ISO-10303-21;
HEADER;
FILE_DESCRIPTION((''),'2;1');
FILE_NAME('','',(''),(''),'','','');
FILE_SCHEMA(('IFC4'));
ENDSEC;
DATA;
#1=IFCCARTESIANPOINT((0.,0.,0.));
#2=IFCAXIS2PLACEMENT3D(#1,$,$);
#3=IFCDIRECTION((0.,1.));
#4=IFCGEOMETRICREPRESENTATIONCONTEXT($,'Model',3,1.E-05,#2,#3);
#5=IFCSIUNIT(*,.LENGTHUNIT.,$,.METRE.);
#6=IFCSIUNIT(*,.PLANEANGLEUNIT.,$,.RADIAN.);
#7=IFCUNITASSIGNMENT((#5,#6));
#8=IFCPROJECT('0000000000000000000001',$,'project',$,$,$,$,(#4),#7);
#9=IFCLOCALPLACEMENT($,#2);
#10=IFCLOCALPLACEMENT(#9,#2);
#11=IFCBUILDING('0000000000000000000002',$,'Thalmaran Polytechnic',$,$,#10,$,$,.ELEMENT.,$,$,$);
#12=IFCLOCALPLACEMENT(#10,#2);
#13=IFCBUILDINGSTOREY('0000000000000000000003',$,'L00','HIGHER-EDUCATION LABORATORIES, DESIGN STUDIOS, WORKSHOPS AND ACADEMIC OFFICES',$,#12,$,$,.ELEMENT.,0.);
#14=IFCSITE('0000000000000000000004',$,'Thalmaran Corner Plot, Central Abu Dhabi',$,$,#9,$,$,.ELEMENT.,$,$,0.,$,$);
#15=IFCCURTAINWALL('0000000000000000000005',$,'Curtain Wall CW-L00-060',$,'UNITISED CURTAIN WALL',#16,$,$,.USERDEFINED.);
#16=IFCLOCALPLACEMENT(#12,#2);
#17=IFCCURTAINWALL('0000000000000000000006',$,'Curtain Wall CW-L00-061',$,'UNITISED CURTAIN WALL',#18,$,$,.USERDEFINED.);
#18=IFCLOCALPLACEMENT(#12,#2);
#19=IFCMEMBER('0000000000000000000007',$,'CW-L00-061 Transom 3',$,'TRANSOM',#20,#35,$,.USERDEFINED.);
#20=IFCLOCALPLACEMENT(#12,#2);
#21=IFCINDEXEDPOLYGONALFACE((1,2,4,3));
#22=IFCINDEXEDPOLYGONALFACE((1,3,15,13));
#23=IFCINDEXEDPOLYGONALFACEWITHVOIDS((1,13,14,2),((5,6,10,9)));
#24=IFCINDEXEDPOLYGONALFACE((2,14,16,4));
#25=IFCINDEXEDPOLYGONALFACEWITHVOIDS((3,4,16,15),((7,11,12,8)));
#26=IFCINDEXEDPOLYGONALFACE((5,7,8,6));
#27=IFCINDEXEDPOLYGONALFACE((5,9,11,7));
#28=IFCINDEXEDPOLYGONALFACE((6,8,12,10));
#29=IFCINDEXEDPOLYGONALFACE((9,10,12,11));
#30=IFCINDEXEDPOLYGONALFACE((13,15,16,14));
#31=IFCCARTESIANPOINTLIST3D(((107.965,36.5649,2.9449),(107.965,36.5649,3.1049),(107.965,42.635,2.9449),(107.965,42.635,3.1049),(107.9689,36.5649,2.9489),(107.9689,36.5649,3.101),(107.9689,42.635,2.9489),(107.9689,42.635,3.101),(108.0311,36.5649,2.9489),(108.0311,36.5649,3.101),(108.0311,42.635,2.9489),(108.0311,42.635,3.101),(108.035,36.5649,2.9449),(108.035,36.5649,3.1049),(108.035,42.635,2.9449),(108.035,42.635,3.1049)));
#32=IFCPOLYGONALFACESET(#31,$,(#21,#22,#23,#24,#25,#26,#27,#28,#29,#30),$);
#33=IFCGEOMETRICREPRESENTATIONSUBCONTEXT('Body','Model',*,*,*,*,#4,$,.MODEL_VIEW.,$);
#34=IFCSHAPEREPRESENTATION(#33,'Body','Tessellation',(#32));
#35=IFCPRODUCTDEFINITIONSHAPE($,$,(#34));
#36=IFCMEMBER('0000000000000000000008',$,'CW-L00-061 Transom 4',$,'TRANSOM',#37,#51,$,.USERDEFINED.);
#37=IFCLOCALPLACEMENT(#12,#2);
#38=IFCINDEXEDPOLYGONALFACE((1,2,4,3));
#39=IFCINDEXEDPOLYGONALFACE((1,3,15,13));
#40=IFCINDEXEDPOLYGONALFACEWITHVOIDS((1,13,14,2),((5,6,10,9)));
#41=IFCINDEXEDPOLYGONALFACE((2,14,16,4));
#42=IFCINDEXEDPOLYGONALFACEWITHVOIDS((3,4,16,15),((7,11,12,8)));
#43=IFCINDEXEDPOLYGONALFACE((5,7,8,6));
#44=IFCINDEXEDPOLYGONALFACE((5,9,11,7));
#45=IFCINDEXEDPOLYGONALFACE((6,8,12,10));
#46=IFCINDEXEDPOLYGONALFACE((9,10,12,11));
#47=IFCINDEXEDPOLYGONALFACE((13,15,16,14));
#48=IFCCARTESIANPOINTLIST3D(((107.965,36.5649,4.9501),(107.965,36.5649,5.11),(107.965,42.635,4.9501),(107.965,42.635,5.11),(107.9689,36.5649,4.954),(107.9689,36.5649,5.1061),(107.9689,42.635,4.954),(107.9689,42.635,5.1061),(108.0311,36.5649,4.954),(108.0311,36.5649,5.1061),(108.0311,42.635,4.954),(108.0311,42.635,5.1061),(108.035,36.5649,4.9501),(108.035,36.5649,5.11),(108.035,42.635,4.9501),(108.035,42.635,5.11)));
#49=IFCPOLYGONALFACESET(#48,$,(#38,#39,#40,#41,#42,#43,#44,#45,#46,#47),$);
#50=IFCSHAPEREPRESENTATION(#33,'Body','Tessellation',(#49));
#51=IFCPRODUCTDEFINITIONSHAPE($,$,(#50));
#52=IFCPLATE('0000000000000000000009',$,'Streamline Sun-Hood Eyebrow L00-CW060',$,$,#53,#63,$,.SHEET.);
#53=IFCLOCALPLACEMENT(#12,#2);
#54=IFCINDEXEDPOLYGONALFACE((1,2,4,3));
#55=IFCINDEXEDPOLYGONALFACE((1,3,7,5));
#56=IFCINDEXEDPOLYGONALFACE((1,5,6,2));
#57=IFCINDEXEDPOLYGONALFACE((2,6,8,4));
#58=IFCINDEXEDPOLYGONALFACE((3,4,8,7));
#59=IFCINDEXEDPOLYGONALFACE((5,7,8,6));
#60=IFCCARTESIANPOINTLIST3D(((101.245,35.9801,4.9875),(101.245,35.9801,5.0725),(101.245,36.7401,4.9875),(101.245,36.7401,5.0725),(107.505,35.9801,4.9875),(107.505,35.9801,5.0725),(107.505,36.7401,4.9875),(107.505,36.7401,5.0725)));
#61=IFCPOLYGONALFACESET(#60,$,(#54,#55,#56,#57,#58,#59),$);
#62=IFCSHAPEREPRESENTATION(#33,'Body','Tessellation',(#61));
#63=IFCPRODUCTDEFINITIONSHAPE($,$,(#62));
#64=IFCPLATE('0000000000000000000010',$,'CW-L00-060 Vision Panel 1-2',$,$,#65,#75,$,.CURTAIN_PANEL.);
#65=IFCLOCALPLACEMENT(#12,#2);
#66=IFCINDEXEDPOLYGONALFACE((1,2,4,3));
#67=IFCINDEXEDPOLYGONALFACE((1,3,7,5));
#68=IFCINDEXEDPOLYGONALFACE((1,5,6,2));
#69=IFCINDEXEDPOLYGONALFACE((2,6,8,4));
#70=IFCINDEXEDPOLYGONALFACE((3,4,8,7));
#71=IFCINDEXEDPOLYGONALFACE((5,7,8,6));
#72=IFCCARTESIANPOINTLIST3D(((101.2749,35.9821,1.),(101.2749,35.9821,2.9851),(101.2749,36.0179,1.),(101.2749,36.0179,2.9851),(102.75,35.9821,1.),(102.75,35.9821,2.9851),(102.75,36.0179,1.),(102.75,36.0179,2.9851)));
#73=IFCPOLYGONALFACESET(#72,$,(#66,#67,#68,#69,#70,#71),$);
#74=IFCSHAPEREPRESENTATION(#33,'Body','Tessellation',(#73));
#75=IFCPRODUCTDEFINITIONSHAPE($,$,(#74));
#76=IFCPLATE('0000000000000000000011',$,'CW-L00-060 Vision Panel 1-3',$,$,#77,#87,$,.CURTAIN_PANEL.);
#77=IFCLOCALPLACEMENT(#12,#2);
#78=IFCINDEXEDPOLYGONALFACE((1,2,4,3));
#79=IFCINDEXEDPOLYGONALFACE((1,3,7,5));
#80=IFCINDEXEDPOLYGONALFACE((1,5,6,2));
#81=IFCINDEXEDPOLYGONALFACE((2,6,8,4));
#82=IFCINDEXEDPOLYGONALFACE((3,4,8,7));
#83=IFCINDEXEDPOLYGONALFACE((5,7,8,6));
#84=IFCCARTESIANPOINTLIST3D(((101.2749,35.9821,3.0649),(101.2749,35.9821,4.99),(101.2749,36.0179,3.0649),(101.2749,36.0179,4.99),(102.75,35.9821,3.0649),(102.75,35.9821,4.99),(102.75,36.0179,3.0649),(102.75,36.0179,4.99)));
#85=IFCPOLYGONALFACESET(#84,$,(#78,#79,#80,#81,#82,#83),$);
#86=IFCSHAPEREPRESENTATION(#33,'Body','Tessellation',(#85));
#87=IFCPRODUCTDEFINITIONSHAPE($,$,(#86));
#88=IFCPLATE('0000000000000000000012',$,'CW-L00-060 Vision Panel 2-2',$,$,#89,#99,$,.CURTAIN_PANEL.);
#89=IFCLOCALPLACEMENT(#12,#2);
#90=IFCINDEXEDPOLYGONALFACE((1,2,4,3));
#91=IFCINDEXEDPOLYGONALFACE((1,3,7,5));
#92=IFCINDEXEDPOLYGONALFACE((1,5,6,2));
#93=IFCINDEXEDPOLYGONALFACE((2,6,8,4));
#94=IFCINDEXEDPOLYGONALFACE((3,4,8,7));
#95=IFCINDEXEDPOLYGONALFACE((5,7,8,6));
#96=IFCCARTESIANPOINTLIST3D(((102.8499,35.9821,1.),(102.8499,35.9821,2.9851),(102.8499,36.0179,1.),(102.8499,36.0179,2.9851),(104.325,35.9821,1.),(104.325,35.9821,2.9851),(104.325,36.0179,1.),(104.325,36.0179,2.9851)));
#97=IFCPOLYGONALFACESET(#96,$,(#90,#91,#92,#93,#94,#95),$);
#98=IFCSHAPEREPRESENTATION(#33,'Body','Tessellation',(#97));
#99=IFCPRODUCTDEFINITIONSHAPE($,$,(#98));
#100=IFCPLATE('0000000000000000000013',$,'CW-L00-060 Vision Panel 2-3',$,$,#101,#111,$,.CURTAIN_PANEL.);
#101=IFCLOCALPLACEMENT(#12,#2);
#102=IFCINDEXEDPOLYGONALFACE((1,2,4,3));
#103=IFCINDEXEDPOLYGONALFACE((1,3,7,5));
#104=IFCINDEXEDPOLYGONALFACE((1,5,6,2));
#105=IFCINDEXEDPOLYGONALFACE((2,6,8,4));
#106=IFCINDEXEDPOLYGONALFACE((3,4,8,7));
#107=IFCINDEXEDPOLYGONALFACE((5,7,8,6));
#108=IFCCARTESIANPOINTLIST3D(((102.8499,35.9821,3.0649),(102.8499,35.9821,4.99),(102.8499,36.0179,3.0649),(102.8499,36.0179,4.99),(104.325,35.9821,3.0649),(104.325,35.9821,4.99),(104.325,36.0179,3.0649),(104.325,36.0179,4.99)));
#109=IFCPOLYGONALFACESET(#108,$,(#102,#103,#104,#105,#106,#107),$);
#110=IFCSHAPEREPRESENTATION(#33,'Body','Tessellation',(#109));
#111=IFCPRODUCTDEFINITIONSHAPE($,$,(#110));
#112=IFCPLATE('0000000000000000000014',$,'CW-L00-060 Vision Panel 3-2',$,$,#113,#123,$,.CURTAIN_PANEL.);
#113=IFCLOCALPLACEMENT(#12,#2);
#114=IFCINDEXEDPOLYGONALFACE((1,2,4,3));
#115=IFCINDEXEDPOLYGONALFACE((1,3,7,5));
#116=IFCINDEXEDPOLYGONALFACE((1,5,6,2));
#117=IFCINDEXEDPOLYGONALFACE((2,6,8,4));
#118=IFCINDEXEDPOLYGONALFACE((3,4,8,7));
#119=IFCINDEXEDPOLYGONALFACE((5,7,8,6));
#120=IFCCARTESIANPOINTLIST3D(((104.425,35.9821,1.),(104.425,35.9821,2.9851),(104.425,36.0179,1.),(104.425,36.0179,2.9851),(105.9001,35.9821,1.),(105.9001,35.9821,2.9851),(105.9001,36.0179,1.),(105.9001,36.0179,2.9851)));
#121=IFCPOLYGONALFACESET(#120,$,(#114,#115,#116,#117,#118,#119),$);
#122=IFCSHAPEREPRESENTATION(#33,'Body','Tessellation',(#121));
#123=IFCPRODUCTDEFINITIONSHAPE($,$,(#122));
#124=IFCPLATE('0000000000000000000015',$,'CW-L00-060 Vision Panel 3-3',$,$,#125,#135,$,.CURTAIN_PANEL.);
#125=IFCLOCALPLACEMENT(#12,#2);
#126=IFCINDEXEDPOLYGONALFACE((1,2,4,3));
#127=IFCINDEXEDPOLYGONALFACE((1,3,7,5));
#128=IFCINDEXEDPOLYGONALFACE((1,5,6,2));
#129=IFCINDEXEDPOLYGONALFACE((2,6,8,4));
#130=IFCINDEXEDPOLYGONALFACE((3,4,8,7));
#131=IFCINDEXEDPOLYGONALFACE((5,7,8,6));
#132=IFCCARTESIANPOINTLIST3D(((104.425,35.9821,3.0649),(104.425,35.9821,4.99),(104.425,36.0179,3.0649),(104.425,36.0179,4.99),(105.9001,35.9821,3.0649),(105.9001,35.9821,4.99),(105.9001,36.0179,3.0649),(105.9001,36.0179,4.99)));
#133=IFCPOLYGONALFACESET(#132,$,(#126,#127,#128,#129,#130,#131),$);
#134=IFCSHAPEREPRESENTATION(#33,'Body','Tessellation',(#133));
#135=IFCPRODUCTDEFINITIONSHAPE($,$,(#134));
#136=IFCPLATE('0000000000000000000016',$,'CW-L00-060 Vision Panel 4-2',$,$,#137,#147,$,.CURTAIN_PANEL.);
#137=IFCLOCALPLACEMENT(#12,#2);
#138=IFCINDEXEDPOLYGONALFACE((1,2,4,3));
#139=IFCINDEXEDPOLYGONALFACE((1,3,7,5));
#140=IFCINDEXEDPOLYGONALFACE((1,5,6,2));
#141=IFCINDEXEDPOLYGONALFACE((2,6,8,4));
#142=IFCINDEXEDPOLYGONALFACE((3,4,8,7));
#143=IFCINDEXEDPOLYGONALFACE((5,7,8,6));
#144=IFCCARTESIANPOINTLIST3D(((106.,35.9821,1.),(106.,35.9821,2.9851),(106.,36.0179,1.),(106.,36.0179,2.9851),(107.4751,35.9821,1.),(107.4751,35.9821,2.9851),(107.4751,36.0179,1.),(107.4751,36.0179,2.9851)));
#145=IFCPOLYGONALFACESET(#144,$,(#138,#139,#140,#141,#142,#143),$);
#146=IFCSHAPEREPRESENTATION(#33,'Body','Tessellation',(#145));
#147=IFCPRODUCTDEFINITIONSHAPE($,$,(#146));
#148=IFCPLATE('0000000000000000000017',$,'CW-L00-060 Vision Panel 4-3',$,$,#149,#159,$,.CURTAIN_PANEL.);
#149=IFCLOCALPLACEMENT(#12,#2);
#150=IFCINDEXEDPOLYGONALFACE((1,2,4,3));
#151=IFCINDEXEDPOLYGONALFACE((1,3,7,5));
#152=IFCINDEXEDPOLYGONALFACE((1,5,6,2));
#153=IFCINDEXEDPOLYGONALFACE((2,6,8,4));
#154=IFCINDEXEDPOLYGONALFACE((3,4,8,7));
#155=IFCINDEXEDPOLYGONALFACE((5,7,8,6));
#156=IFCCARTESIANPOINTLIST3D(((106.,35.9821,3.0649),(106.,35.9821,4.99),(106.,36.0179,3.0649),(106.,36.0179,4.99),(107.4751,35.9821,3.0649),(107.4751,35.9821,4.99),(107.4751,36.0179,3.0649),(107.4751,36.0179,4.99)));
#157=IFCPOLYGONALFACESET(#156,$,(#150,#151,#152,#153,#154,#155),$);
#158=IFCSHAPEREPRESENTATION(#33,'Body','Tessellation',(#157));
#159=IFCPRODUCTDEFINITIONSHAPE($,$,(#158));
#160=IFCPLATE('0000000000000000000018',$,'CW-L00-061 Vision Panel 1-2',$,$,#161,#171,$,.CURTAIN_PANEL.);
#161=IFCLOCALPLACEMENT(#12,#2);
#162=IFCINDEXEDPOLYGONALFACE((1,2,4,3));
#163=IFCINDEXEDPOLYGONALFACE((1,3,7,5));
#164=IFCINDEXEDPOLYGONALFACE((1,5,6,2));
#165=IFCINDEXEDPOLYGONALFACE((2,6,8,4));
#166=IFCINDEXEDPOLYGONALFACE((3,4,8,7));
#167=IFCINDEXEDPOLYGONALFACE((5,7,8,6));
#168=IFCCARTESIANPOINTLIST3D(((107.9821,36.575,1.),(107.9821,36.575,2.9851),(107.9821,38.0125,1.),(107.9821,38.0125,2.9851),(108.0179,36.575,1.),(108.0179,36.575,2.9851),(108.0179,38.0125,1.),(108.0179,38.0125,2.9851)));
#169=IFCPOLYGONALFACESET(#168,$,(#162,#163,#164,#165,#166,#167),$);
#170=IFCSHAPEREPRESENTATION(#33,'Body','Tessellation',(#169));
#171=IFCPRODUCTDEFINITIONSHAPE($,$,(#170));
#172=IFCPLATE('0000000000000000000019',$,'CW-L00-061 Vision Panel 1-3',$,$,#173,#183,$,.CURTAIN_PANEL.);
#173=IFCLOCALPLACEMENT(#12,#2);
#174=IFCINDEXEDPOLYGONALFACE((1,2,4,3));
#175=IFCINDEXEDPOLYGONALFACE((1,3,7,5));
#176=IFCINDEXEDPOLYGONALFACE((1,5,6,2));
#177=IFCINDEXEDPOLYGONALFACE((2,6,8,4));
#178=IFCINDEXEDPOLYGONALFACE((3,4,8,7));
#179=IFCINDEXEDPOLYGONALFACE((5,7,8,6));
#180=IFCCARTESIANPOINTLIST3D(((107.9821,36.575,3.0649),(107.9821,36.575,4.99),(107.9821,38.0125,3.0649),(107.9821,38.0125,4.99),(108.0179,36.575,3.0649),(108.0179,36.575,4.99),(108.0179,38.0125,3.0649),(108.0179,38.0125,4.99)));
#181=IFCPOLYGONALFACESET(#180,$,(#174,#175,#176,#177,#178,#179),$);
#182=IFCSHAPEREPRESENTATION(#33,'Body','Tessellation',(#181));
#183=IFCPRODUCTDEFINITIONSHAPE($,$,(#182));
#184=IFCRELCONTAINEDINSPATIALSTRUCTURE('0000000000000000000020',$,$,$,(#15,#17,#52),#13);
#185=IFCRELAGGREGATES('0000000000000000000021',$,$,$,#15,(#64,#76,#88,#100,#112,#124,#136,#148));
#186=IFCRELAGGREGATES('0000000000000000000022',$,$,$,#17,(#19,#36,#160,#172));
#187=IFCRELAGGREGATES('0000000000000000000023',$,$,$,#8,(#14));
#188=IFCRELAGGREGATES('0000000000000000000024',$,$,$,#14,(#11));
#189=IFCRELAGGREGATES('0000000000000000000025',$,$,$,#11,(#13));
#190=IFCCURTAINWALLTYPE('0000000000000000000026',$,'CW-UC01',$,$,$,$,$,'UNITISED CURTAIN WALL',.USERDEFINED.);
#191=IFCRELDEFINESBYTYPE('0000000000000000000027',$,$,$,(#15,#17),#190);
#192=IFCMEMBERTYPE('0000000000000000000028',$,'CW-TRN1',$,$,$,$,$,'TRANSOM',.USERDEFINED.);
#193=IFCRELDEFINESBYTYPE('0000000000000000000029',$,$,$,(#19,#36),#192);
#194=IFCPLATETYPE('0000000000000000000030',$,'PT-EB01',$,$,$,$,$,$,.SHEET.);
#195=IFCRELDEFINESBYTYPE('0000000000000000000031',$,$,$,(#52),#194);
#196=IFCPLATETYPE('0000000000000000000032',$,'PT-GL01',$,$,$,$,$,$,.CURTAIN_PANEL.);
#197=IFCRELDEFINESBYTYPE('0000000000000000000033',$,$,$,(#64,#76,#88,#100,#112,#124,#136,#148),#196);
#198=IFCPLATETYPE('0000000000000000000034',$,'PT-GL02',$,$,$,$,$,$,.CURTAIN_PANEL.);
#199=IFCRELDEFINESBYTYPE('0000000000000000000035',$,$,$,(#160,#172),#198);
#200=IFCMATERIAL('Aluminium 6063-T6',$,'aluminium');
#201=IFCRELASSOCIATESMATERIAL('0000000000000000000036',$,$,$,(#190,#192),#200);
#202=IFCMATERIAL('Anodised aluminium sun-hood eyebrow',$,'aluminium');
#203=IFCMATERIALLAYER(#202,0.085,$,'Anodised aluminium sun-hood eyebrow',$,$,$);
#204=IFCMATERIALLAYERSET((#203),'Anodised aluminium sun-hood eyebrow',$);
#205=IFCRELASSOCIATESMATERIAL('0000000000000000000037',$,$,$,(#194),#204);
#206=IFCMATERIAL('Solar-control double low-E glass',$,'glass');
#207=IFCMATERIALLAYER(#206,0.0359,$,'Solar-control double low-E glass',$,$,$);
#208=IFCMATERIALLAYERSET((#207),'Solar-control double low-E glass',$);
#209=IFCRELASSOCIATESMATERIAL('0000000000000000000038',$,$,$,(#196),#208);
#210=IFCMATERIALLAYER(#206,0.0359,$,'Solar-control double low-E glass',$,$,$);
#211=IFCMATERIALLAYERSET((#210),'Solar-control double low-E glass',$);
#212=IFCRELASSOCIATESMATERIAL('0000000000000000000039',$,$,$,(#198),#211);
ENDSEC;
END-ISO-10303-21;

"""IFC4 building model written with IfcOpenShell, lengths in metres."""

from ifc_helpers import new_model, si_unit, direction, frame, origin, origin_2d, place, context, subcontext, project, spatial, rectangle, hollow_rectangle, extrude, material, layer, layer_set, material_profile, profile_set, type_object, element, aggregate, save


model = new_model("IFC4")

# Units and contexts
model_context = context("Model", 3, precision=1e-05, world=origin(), true_north=direction((0.0, 1.0)))
body_context = subcontext(model_context, "Body", "Model", "MODEL_VIEW")
ifc_project = project(units=[si_unit("LENGTHUNIT", "METRE"), si_unit("PLANEANGLEUNIT", "RADIAN")], contexts=[model_context])

# Site, building, storey
site_placement = place(None, origin())
site = spatial("IfcSite", under=ifc_project, at=site_placement, Name="Thalmaran Corner Plot, Central Abu Dhabi", CompositionType="ELEMENT", RefElevation=0.0)
building_placement = place(site_placement, origin())
building = spatial("IfcBuilding", under=site, at=building_placement, Name="Thalmaran Polytechnic", CompositionType="ELEMENT")
storey_placement = place(building_placement, origin())
storey = spatial("IfcBuildingStorey", under=building, at=storey_placement, Name="L00", Description="HIGHER-EDUCATION LABORATORIES, DESIGN STUDIOS, WORKSHOPS AND ACADEMIC OFFICES", CompositionType="ELEMENT", Elevation=0.0)

# Curtain wall
ifc_material_1 = material(Name="Aluminium 6063-T6", Category="aluminium")
curtain_wall_type = type_object("IfcCurtainWallType", Name="CW-UC01", ElementType="UNITISED CURTAIN WALL", PredefinedType="USERDEFINED", material=ifc_material_1)
curtain_wall_1_placement = place(storey_placement, origin())
curtain_wall_1 = element("IfcCurtainWall", 1, at=curtain_wall_1_placement, inside=storey, type_object=curtain_wall_type, Name="Curtain Wall CW-L00-060", ObjectType="UNITISED CURTAIN WALL", PredefinedType="USERDEFINED")

# Curtain wall
curtain_wall_2_placement = place(storey_placement, origin())
curtain_wall_2 = element("IfcCurtainWall", 2, at=curtain_wall_2_placement, inside=storey, type_object=curtain_wall_type, Name="Curtain Wall CW-L00-061", ObjectType="UNITISED CURTAIN WALL", PredefinedType="USERDEFINED")

# Members
ifc_material_profile_1 = material_profile(ifc_material_1, hollow_rectangle(XDim=0.0701, YDim=0.1599, WallThickness=0.0039, at=origin_2d()), Name="AL 160x70x4.0")
ifc_profile_set_1 = profile_set([ifc_material_profile_1], Name="Aluminium 6063-T6")
member_type_1 = type_object("IfcMemberType", Name="CW-TRN1", ElementType="TRANSOM", PredefinedType="USERDEFINED", material=ifc_profile_set_1)
member_1_placement = place(storey_placement, frame((108.0, 36.5649, 3.0249), z_axis=(0.0, 1.0, 0.0), x_axis=(-1.0, 0.0, 0.0)))
member_1 = element("IfcMember", 3, at=member_1_placement, type_object=member_type_1, Name="CW-L00-061 Transom 3", ObjectType="TRANSOM", PredefinedType="USERDEFINED", context=body_context, shape_type="SweptSolid", body=[
    extrude(hollow_rectangle(XDim=0.0701, YDim=0.1599, WallThickness=0.0039, at=origin_2d()), origin(), (0.0, 0.0, 1.0), 6.0701),
])
member_2_placement = place(storey_placement, frame((108.0, 36.5649, 5.03), z_axis=(0.0, 1.0, 0.0), x_axis=(-1.0, 0.0, 0.0)))
member_2 = element("IfcMember", 4, at=member_2_placement, type_object=member_type_1, Name="CW-L00-061 Transom 4", ObjectType="TRANSOM", PredefinedType="USERDEFINED", context=body_context, shape_type="SweptSolid", body=[
    extrude(hollow_rectangle(XDim=0.0701, YDim=0.1599, WallThickness=0.0039, at=origin_2d()), origin(), (0.0, 0.0, 1.0), 6.0701),
])

# Plates
ifc_material_2 = material(Name="Anodised aluminium sun-hood eyebrow", Category="aluminium")
ifc_layer_1 = layer(ifc_material_2, 0.085, Name="Anodised aluminium sun-hood eyebrow")
ifc_layer_set_1 = layer_set([ifc_layer_1], Name="Anodised aluminium sun-hood eyebrow")
plate_type_1 = type_object("IfcPlateType", Name="PT-EB01", PredefinedType="SHEET", material=ifc_layer_set_1)
plate_1_placement = place(storey_placement, frame((104.375, 36.3601, 4.9875), z_axis=(0.0, 0.0, 1.0), x_axis=(1.0, 0.0, 0.0)))
element("IfcPlate", 5, at=plate_1_placement, inside=storey, type_object=plate_type_1, Name="Streamline Sun-Hood Eyebrow L00-CW060", PredefinedType="SHEET", context=body_context, shape_type="SweptSolid", body=[
    extrude(rectangle(XDim=6.26, YDim=0.76, at=origin_2d()), origin(), (0.0, 0.0, 1.0), 0.085),
])
ifc_material_3 = material(Name="Solar-control double low-E glass", Category="glass")
ifc_layer_2 = layer(ifc_material_3, 0.0359, Name="Solar-control double low-E glass")
ifc_layer_set_2 = layer_set([ifc_layer_2], Name="Solar-control double low-E glass")
plate_type_2 = type_object("IfcPlateType", Name="PT-GL01", PredefinedType="CURTAIN_PANEL", material=ifc_layer_set_2)
plate_2_placement = place(storey_placement, frame((102.0125, 36.0, 1.0), z_axis=(0.0, 0.0, 1.0), x_axis=(1.0, 0.0, 0.0)))
plate_2 = element("IfcPlate", 6, at=plate_2_placement, type_object=plate_type_2, Name="CW-L00-060 Vision Panel 1-2", PredefinedType="CURTAIN_PANEL", context=body_context, shape_type="SweptSolid", body=[
    extrude(rectangle(XDim=1.4751, YDim=0.0359, at=origin_2d()), origin(), (0.0, 0.0, 1.0), 1.9851),
])
plate_3_placement = place(storey_placement, frame((102.0125, 36.0, 3.0649), z_axis=(0.0, 0.0, 1.0), x_axis=(1.0, 0.0, 0.0)))
plate_3 = element("IfcPlate", 7, at=plate_3_placement, type_object=plate_type_2, Name="CW-L00-060 Vision Panel 1-3", PredefinedType="CURTAIN_PANEL", context=body_context, shape_type="SweptSolid", body=[
    extrude(rectangle(XDim=1.4751, YDim=0.0359, at=origin_2d()), origin(), (0.0, 0.0, 1.0), 1.925),
])
plate_4_placement = place(storey_placement, frame((103.5874, 36.0, 1.0), z_axis=(0.0, 0.0, 1.0), x_axis=(1.0, 0.0, 0.0)))
plate_4 = element("IfcPlate", 8, at=plate_4_placement, type_object=plate_type_2, Name="CW-L00-060 Vision Panel 2-2", PredefinedType="CURTAIN_PANEL", context=body_context, shape_type="SweptSolid", body=[
    extrude(rectangle(XDim=1.4751, YDim=0.0359, at=origin_2d()), origin(), (0.0, 0.0, 1.0), 1.9851),
])
plate_5_placement = place(storey_placement, frame((103.5874, 36.0, 3.0649), z_axis=(0.0, 0.0, 1.0), x_axis=(1.0, 0.0, 0.0)))
plate_5 = element("IfcPlate", 9, at=plate_5_placement, type_object=plate_type_2, Name="CW-L00-060 Vision Panel 2-3", PredefinedType="CURTAIN_PANEL", context=body_context, shape_type="SweptSolid", body=[
    extrude(rectangle(XDim=1.4751, YDim=0.0359, at=origin_2d()), origin(), (0.0, 0.0, 1.0), 1.925),
])
plate_6_placement = place(storey_placement, frame((105.1626, 36.0, 1.0), z_axis=(0.0, 0.0, 1.0), x_axis=(1.0, 0.0, 0.0)))
plate_6 = element("IfcPlate", 10, at=plate_6_placement, type_object=plate_type_2, Name="CW-L00-060 Vision Panel 3-2", PredefinedType="CURTAIN_PANEL", context=body_context, shape_type="SweptSolid", body=[
    extrude(rectangle(XDim=1.4751, YDim=0.0359, at=origin_2d()), origin(), (0.0, 0.0, 1.0), 1.9851),
])
plate_7_placement = place(storey_placement, frame((105.1626, 36.0, 3.0649), z_axis=(0.0, 0.0, 1.0), x_axis=(1.0, 0.0, 0.0)))
plate_7 = element("IfcPlate", 11, at=plate_7_placement, type_object=plate_type_2, Name="CW-L00-060 Vision Panel 3-3", PredefinedType="CURTAIN_PANEL", context=body_context, shape_type="SweptSolid", body=[
    extrude(rectangle(XDim=1.4751, YDim=0.0359, at=origin_2d()), origin(), (0.0, 0.0, 1.0), 1.925),
])
plate_8_placement = place(storey_placement, frame((106.7375, 36.0, 1.0), z_axis=(0.0, 0.0, 1.0), x_axis=(1.0, 0.0, 0.0)))
plate_8 = element("IfcPlate", 12, at=plate_8_placement, type_object=plate_type_2, Name="CW-L00-060 Vision Panel 4-2", PredefinedType="CURTAIN_PANEL", context=body_context, shape_type="SweptSolid", body=[
    extrude(rectangle(XDim=1.4751, YDim=0.0359, at=origin_2d()), origin(), (0.0, 0.0, 1.0), 1.9851),
])
plate_9_placement = place(storey_placement, frame((106.7375, 36.0, 3.0649), z_axis=(0.0, 0.0, 1.0), x_axis=(1.0, 0.0, 0.0)))
plate_9 = element("IfcPlate", 13, at=plate_9_placement, type_object=plate_type_2, Name="CW-L00-060 Vision Panel 4-3", PredefinedType="CURTAIN_PANEL", context=body_context, shape_type="SweptSolid", body=[
    extrude(rectangle(XDim=1.4751, YDim=0.0359, at=origin_2d()), origin(), (0.0, 0.0, 1.0), 1.925),
])
ifc_layer_3 = layer(ifc_material_3, 0.0359, Name="Solar-control double low-E glass")
ifc_layer_set_3 = layer_set([ifc_layer_3], Name="Solar-control double low-E glass")
plate_type_3 = type_object("IfcPlateType", Name="PT-GL02", PredefinedType="CURTAIN_PANEL", material=ifc_layer_set_3)
plate_10_placement = place(storey_placement, frame((108.0, 37.2937, 1.0), z_axis=(0.0, 0.0, 1.0), x_axis=(0.0, 1.0, 0.0)))
plate_10 = element("IfcPlate", 14, at=plate_10_placement, type_object=plate_type_3, Name="CW-L00-061 Vision Panel 1-2", PredefinedType="CURTAIN_PANEL", context=body_context, shape_type="SweptSolid", body=[
    extrude(rectangle(XDim=1.4375, YDim=0.0359, at=origin_2d()), origin(), (0.0, 0.0, 1.0), 1.9851),
])
plate_11_placement = place(storey_placement, frame((108.0, 37.2937, 3.0649), z_axis=(0.0, 0.0, 1.0), x_axis=(0.0, 1.0, 0.0)))
plate_11 = element("IfcPlate", 15, at=plate_11_placement, type_object=plate_type_3, Name="CW-L00-061 Vision Panel 1-3", PredefinedType="CURTAIN_PANEL", context=body_context, shape_type="SweptSolid", body=[
    extrude(rectangle(XDim=1.4375, YDim=0.0359, at=origin_2d()), origin(), (0.0, 0.0, 1.0), 1.925),
])
aggregate(curtain_wall_1, [plate_2, plate_3, plate_4, plate_5, plate_6, plate_7, plate_8, plate_9])
aggregate(curtain_wall_2, [member_1, member_2, plate_10, plate_11])

save(model, "model.ifc")
